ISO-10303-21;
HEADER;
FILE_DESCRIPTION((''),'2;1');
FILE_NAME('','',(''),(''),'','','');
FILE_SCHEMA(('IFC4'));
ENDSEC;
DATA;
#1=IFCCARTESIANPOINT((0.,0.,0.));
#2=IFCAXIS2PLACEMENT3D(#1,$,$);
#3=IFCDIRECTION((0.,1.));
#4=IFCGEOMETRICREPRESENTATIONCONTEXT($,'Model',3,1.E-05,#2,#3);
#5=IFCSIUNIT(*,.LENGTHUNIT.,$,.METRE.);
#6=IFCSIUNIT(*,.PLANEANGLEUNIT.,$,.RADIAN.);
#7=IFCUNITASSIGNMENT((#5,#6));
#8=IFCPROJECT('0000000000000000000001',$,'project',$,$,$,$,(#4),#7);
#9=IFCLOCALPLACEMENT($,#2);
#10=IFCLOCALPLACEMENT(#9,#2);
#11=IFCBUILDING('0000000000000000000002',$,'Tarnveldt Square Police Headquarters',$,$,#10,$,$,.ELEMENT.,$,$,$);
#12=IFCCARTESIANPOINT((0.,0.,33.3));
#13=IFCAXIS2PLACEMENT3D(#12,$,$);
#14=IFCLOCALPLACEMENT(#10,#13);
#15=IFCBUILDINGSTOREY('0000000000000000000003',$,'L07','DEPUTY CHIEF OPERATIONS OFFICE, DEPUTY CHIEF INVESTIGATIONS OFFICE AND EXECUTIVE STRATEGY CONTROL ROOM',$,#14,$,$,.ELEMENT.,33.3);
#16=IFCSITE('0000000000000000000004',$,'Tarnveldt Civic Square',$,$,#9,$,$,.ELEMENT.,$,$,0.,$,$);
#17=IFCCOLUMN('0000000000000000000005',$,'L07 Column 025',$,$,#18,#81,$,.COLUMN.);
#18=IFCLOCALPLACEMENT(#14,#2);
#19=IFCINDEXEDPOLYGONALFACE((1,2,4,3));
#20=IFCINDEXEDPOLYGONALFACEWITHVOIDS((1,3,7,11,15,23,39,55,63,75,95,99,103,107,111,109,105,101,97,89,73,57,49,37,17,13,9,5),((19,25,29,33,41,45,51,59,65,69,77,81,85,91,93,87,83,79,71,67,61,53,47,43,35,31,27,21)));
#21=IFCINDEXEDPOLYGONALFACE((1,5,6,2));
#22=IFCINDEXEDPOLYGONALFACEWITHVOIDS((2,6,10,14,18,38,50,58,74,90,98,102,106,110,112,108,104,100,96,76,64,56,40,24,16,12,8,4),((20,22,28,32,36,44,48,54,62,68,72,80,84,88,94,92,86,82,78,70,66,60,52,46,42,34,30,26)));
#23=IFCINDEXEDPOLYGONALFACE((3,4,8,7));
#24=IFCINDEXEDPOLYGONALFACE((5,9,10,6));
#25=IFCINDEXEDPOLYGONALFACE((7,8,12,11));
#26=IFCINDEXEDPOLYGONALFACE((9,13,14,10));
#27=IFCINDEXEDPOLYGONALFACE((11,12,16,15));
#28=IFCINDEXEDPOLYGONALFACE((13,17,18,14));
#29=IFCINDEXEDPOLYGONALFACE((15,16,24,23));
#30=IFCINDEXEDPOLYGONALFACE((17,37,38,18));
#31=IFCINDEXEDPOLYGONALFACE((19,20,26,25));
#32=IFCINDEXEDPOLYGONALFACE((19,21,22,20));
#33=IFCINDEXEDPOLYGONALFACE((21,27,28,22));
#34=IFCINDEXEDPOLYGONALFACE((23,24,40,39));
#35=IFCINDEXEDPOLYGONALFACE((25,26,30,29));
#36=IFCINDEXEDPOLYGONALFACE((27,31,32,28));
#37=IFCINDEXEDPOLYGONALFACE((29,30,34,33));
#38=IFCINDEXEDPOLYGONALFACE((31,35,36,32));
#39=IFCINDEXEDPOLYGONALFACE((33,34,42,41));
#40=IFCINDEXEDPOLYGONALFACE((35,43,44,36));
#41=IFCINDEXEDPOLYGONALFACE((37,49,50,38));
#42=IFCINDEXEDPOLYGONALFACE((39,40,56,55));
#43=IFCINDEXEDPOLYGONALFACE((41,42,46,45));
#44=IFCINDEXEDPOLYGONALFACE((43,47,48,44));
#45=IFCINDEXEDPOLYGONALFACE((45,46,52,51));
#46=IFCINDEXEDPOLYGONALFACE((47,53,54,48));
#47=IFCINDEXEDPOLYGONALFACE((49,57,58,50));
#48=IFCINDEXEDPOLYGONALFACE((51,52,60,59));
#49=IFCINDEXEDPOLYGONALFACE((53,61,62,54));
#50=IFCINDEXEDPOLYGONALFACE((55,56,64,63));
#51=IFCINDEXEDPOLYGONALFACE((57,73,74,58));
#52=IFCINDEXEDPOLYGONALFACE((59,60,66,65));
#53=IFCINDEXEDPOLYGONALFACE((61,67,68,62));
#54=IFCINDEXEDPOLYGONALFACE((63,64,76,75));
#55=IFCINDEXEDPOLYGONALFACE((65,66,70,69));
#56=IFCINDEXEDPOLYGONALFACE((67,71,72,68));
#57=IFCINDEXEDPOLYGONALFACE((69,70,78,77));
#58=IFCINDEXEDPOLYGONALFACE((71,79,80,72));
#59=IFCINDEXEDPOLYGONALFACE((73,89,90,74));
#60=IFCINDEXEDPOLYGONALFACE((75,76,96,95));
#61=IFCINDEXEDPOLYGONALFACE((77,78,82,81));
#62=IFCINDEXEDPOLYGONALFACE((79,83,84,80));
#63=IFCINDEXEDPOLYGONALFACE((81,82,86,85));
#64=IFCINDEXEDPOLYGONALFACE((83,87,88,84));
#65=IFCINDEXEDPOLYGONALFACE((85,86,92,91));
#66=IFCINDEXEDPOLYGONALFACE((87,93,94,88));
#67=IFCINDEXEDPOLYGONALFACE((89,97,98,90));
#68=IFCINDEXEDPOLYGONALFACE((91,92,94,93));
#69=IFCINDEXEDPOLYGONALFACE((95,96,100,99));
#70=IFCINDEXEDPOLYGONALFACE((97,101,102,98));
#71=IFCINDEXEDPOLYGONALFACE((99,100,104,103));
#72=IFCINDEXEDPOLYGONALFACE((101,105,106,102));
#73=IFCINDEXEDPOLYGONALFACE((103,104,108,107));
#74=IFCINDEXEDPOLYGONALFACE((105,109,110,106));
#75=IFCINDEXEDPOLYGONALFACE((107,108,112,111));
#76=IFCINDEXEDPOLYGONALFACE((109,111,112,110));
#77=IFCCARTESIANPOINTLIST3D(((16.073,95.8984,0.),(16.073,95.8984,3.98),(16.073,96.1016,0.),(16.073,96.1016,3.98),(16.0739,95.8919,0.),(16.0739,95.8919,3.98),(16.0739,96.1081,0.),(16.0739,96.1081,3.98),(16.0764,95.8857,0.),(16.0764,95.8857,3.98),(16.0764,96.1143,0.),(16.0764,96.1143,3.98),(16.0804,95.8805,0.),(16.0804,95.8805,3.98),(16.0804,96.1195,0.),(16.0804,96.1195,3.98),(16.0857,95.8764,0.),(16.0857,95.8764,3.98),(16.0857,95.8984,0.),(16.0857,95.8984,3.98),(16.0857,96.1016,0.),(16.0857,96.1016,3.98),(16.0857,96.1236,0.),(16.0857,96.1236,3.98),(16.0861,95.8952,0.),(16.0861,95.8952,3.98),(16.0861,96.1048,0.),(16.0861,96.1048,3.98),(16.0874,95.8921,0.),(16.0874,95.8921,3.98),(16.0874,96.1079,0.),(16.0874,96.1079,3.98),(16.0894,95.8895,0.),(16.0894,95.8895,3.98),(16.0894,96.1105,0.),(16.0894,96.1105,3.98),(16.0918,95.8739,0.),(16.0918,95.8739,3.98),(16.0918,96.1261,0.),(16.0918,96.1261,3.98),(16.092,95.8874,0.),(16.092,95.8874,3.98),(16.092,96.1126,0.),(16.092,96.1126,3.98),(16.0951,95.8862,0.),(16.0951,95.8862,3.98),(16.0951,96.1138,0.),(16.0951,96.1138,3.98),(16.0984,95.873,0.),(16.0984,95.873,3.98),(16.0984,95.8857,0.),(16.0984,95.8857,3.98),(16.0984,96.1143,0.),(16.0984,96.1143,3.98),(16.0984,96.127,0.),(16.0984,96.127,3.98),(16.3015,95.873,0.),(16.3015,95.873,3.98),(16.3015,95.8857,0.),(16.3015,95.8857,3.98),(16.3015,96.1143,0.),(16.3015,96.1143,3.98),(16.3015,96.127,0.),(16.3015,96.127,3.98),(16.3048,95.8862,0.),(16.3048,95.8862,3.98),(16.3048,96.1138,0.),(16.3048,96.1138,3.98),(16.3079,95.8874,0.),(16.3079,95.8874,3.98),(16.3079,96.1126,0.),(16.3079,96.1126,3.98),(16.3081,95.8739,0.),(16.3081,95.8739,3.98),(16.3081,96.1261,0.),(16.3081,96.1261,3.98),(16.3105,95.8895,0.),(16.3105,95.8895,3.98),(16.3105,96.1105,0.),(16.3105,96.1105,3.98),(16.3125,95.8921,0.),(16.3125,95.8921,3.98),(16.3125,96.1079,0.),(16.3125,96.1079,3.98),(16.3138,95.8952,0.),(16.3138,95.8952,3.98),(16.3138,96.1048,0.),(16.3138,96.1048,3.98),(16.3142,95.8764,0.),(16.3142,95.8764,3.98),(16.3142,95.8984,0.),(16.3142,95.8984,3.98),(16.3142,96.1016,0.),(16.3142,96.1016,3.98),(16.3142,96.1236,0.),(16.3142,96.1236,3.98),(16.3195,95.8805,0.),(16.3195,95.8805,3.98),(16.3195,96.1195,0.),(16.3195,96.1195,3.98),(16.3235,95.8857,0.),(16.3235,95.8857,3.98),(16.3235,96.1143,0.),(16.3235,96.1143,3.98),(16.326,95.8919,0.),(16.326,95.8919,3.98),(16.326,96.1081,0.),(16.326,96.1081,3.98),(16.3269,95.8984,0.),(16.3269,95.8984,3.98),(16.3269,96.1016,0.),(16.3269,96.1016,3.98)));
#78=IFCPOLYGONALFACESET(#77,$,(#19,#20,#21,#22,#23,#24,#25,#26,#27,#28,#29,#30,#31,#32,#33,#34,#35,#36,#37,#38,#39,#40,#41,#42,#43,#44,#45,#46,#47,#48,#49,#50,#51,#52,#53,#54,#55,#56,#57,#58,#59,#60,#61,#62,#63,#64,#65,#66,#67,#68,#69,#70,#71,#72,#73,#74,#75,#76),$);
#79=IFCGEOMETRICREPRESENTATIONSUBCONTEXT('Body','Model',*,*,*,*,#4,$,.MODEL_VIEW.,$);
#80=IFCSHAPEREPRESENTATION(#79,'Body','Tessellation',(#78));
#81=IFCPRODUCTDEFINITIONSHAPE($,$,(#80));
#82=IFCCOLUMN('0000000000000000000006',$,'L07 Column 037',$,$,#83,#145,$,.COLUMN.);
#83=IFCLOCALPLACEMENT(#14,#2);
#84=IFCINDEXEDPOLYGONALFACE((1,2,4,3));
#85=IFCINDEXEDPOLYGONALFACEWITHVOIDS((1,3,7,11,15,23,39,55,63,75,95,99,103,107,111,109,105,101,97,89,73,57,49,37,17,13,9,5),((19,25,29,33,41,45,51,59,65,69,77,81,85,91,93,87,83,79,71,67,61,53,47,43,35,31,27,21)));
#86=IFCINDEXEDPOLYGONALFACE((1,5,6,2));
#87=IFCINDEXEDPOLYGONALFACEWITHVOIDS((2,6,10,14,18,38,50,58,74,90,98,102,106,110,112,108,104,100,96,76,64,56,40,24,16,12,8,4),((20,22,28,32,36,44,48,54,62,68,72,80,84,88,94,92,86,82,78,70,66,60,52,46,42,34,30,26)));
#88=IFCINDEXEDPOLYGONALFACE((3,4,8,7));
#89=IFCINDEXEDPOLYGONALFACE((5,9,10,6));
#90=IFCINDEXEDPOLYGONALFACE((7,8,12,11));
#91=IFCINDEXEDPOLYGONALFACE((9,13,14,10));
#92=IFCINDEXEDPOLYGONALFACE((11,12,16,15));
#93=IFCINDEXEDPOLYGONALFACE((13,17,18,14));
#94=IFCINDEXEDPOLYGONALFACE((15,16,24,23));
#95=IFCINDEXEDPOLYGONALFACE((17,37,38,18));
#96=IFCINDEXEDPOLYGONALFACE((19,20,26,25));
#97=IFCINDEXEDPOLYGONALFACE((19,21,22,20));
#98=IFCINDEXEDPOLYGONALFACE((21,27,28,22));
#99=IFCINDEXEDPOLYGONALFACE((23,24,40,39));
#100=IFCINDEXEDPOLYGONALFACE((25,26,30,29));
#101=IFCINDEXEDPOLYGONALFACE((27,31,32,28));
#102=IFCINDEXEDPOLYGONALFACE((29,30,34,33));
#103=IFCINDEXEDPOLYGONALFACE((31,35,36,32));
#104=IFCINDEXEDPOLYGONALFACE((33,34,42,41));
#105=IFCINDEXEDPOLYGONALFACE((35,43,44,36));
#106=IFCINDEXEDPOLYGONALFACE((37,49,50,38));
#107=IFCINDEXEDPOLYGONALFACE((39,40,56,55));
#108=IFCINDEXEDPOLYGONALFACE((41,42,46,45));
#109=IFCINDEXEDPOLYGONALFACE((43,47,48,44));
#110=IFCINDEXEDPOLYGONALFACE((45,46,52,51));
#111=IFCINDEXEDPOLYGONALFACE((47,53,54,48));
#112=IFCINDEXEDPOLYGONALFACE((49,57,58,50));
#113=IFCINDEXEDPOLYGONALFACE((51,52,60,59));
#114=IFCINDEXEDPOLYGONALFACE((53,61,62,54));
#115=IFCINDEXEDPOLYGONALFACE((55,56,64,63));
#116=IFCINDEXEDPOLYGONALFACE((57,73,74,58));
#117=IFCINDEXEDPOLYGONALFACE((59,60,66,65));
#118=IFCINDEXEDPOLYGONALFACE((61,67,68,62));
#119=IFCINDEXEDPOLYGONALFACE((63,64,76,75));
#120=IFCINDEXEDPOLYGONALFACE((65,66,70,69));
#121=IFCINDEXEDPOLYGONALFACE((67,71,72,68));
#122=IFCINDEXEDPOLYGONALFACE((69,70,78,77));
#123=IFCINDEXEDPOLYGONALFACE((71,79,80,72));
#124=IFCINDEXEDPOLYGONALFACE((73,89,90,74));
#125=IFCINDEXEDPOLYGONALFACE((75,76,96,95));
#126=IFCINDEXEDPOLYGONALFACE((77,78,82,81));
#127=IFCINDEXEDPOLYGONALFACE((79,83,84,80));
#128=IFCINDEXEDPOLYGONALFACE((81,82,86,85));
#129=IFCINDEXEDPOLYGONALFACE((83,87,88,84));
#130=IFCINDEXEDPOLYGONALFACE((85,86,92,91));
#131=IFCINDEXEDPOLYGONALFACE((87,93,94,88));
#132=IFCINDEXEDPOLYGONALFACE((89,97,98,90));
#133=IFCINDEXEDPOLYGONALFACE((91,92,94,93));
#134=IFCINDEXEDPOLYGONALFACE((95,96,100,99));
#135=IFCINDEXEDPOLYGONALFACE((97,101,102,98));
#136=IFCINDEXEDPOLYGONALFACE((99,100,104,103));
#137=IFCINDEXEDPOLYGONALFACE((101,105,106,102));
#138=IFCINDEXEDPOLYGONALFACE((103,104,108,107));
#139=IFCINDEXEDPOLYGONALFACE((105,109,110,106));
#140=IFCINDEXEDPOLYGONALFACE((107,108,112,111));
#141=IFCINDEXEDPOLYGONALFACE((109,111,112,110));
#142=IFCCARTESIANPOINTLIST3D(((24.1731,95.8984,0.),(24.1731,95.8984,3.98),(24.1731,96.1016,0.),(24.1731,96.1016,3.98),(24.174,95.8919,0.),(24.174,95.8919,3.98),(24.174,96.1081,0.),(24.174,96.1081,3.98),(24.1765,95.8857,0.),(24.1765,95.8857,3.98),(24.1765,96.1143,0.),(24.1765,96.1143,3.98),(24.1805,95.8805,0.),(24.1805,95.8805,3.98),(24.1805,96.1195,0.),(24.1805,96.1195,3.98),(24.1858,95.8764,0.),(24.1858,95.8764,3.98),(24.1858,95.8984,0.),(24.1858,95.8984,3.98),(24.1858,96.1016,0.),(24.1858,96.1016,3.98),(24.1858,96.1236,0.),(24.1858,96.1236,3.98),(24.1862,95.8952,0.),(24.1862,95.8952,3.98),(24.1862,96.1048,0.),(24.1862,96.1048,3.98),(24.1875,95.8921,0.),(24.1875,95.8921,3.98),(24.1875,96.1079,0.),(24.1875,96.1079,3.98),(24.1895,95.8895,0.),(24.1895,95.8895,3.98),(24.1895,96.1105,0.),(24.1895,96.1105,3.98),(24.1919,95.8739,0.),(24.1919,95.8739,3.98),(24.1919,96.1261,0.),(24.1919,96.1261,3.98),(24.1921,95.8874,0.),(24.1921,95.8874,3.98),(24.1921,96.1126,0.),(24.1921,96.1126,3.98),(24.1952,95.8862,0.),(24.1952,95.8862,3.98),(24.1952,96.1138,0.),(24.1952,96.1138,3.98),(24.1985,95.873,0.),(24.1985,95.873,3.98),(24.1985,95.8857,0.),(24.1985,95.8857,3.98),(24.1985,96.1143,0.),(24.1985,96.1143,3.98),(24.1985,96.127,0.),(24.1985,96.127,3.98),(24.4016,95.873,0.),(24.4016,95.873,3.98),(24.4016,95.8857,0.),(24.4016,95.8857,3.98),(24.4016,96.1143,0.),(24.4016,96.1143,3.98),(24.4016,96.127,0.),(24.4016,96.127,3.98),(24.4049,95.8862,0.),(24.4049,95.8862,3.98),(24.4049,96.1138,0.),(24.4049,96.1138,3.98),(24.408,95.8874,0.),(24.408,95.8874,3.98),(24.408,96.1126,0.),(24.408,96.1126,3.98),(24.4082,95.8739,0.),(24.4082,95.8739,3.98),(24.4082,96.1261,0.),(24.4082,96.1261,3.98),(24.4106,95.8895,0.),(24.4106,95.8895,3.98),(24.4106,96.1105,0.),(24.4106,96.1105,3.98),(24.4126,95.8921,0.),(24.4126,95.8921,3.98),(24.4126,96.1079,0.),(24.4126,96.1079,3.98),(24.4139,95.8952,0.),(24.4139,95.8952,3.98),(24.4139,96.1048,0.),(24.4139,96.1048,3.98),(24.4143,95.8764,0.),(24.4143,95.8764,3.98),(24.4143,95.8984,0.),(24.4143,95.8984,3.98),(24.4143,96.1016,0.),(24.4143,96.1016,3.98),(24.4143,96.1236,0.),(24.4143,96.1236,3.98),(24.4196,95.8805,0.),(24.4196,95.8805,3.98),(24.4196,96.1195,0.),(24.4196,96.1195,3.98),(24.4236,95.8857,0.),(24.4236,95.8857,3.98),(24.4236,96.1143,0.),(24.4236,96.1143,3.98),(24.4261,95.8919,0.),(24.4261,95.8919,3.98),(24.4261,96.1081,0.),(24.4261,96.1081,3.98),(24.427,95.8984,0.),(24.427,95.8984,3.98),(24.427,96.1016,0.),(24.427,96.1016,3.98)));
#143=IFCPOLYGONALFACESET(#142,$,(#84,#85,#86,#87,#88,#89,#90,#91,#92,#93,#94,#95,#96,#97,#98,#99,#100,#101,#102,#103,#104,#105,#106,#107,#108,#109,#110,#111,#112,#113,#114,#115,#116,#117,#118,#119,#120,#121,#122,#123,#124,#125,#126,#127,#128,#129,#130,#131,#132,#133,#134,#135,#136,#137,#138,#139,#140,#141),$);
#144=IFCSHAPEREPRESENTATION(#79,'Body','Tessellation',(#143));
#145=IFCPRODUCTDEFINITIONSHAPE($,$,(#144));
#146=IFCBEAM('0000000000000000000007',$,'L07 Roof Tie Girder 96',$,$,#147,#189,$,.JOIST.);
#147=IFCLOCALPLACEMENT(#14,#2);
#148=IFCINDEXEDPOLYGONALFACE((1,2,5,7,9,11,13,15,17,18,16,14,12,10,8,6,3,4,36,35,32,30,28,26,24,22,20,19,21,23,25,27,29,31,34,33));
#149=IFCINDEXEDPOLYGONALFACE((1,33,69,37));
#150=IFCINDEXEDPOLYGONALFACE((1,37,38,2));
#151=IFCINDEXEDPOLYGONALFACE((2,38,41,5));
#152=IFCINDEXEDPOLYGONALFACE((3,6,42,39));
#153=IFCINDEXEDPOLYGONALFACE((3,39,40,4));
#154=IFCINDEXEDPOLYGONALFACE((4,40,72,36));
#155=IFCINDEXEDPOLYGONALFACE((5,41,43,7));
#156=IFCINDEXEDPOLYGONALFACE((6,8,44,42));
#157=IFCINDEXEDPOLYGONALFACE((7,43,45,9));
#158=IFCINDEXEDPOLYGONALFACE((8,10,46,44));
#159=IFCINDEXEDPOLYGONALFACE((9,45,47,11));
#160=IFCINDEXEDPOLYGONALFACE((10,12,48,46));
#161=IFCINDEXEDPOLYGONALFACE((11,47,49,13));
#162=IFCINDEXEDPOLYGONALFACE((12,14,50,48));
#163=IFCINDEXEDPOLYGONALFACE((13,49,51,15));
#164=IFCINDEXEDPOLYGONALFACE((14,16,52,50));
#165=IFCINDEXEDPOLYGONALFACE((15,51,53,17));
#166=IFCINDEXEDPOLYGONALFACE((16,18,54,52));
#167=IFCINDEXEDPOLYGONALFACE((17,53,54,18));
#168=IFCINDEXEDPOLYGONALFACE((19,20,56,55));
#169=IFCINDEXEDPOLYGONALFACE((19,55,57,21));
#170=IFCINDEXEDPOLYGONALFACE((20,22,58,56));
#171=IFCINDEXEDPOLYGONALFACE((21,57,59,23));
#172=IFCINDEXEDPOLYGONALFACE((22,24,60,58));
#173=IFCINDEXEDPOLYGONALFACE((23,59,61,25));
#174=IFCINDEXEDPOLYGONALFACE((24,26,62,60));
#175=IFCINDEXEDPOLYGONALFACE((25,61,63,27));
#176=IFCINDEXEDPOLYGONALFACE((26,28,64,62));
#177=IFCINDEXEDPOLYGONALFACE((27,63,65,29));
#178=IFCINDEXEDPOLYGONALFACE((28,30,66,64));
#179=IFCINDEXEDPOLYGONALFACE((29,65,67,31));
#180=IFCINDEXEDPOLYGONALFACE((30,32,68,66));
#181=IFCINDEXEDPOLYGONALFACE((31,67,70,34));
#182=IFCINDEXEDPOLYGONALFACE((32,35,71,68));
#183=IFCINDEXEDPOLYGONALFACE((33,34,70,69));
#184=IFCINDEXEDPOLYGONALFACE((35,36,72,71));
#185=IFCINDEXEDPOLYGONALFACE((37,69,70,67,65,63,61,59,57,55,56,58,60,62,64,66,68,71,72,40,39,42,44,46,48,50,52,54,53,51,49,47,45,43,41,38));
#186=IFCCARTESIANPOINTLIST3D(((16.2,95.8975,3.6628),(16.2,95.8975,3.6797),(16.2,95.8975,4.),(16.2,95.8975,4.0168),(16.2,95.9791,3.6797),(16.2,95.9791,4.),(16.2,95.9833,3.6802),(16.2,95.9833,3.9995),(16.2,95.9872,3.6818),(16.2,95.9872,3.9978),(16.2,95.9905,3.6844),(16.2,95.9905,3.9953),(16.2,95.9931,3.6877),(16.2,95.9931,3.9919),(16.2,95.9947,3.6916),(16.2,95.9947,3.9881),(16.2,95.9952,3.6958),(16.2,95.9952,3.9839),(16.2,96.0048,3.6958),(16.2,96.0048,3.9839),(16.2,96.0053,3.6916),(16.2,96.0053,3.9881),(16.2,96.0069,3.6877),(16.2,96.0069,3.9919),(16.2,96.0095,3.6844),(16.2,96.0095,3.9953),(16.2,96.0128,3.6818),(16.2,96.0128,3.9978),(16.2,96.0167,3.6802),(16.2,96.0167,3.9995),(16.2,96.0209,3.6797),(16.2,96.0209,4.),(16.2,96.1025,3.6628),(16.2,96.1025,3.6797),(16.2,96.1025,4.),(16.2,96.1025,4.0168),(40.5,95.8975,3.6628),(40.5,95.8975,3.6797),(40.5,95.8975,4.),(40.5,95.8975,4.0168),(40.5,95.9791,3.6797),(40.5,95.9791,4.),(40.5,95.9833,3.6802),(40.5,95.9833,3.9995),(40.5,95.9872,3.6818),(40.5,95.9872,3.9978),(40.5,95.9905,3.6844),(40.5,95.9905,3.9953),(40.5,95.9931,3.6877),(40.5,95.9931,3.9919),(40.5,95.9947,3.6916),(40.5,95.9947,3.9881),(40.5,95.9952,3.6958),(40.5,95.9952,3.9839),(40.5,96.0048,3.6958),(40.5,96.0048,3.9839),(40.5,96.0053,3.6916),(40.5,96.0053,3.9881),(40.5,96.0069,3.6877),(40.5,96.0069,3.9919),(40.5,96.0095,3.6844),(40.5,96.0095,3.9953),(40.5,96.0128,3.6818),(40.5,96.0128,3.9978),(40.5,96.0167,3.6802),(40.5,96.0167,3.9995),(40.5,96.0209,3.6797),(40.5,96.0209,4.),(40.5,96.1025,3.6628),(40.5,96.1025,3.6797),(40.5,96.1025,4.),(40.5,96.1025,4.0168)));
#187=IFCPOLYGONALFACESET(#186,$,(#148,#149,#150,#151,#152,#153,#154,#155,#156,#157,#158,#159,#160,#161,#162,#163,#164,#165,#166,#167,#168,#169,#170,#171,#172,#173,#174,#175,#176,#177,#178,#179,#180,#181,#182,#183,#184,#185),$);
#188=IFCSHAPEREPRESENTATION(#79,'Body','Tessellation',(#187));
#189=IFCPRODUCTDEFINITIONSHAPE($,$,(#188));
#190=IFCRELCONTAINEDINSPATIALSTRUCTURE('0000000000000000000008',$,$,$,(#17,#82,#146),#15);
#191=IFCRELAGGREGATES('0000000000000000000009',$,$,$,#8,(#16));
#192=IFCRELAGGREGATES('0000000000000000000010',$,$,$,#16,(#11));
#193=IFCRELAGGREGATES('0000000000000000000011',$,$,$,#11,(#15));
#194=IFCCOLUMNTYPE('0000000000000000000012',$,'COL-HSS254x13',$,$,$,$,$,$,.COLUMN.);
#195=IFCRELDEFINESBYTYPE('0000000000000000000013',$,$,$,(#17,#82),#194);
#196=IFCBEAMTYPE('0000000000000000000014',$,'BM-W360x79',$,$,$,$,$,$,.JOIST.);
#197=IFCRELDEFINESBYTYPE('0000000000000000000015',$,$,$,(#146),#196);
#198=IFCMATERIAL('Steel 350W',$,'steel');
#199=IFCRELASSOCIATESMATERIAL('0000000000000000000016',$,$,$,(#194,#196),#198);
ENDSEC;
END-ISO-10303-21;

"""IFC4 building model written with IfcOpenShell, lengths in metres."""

from ifc_helpers import new_model, si_unit, direction, frame, origin, origin_2d, place, context, subcontext, project, spatial, hollow_rectangle, i_section, extrude, material, material_profile, profile_set, type_object, element, save


model = new_model("IFC4")

# Units and contexts
model_context = context("Model", 3, precision=1e-05, world=origin(), true_north=direction((0.0, 1.0)))
body_context = subcontext(model_context, "Body", "Model", "MODEL_VIEW")
ifc_project = project(units=[si_unit("LENGTHUNIT", "METRE"), si_unit("PLANEANGLEUNIT", "RADIAN")], contexts=[model_context])

# Site, building, storey
site_placement = place(None, origin())
site = spatial("IfcSite", under=ifc_project, at=site_placement, Name="Tarnveldt Civic Square", CompositionType="ELEMENT", RefElevation=0.0)
building_placement = place(site_placement, origin())
building = spatial("IfcBuilding", under=site, at=building_placement, Name="Tarnveldt Square Police Headquarters", CompositionType="ELEMENT")
storey_placement = place(building_placement, frame((0.0, 0.0, 33.3)))
storey = spatial("IfcBuildingStorey", under=building, at=storey_placement, Name="L07", Description="DEPUTY CHIEF OPERATIONS OFFICE, DEPUTY CHIEF INVESTIGATIONS OFFICE AND EXECUTIVE STRATEGY CONTROL ROOM", CompositionType="ELEMENT", Elevation=33.3)

# Columns
ifc_material_1 = material(Name="Steel 350W", Category="steel")
ifc_material_profile_1 = material_profile(ifc_material_1, hollow_rectangle(XDim=0.2539, YDim=0.2539, WallThickness=0.0127, InnerFilletRadius=0.0127, OuterFilletRadius=0.0254, at=origin_2d()), Name="HSS254x254x13")
ifc_profile_set_1 = profile_set([ifc_material_profile_1], Name="Steel 350W")
column_type = type_object("IfcColumnType", Name="COL-HSS254x13", PredefinedType="COLUMN", material=ifc_profile_set_1)
for number, where, z_axis, x_axis, name in (
    (1, (16.2, 96.0, 0.0), (0.0, 0.0, 1.0), (1.0, 0.0, 0.0), "L07 Column 025"),
    (2, (24.3, 96.0, 0.0), (0.0, 0.0, 1.0), (1.0, 0.0, 0.0), "L07 Column 037"),
):
    element("IfcColumn", number, at=place(storey_placement, frame(where, z_axis=z_axis, x_axis=x_axis)), inside=storey, type_object=column_type, Name=name, PredefinedType="COLUMN", context=body_context, shape_type="SweptSolid", body=[
        extrude(hollow_rectangle(XDim=0.2539, YDim=0.2539, WallThickness=0.0127, InnerFilletRadius=0.0127, OuterFilletRadius=0.0254, at=origin_2d()), origin(), (0.0, 0.0, 1.0), 3.98),
    ])

# Beam
ifc_material_profile_2 = material_profile(ifc_material_1, i_section(OverallWidth=0.2051, OverallDepth=0.354, WebThickness=0.0095, FlangeThickness=0.0168, FilletRadius=0.0161, at=origin_2d()), Name="W360x79")
ifc_profile_set_2 = profile_set([ifc_material_profile_2], Name="Steel 350W")
beam_type = type_object("IfcBeamType", Name="BM-W360x79", PredefinedType="JOIST", material=ifc_profile_set_2)
beam_placement = place(storey_placement, frame((16.2, 96.0, 3.8398), z_axis=(1.0, 0.0, 0.0), x_axis=(0.0, 1.0, 0.0)))
element("IfcBeam", 3, at=beam_placement, inside=storey, type_object=beam_type, Name="L07 Roof Tie Girder 96", PredefinedType="JOIST", context=body_context, shape_type="SweptSolid", body=[
    extrude(i_section(OverallWidth=0.2051, OverallDepth=0.354, WebThickness=0.0095, FlangeThickness=0.0168, FilletRadius=0.0161, at=origin_2d()), origin(), (0.0, 0.0, 1.0), 24.3),
])

save(model, "model.ifc")
